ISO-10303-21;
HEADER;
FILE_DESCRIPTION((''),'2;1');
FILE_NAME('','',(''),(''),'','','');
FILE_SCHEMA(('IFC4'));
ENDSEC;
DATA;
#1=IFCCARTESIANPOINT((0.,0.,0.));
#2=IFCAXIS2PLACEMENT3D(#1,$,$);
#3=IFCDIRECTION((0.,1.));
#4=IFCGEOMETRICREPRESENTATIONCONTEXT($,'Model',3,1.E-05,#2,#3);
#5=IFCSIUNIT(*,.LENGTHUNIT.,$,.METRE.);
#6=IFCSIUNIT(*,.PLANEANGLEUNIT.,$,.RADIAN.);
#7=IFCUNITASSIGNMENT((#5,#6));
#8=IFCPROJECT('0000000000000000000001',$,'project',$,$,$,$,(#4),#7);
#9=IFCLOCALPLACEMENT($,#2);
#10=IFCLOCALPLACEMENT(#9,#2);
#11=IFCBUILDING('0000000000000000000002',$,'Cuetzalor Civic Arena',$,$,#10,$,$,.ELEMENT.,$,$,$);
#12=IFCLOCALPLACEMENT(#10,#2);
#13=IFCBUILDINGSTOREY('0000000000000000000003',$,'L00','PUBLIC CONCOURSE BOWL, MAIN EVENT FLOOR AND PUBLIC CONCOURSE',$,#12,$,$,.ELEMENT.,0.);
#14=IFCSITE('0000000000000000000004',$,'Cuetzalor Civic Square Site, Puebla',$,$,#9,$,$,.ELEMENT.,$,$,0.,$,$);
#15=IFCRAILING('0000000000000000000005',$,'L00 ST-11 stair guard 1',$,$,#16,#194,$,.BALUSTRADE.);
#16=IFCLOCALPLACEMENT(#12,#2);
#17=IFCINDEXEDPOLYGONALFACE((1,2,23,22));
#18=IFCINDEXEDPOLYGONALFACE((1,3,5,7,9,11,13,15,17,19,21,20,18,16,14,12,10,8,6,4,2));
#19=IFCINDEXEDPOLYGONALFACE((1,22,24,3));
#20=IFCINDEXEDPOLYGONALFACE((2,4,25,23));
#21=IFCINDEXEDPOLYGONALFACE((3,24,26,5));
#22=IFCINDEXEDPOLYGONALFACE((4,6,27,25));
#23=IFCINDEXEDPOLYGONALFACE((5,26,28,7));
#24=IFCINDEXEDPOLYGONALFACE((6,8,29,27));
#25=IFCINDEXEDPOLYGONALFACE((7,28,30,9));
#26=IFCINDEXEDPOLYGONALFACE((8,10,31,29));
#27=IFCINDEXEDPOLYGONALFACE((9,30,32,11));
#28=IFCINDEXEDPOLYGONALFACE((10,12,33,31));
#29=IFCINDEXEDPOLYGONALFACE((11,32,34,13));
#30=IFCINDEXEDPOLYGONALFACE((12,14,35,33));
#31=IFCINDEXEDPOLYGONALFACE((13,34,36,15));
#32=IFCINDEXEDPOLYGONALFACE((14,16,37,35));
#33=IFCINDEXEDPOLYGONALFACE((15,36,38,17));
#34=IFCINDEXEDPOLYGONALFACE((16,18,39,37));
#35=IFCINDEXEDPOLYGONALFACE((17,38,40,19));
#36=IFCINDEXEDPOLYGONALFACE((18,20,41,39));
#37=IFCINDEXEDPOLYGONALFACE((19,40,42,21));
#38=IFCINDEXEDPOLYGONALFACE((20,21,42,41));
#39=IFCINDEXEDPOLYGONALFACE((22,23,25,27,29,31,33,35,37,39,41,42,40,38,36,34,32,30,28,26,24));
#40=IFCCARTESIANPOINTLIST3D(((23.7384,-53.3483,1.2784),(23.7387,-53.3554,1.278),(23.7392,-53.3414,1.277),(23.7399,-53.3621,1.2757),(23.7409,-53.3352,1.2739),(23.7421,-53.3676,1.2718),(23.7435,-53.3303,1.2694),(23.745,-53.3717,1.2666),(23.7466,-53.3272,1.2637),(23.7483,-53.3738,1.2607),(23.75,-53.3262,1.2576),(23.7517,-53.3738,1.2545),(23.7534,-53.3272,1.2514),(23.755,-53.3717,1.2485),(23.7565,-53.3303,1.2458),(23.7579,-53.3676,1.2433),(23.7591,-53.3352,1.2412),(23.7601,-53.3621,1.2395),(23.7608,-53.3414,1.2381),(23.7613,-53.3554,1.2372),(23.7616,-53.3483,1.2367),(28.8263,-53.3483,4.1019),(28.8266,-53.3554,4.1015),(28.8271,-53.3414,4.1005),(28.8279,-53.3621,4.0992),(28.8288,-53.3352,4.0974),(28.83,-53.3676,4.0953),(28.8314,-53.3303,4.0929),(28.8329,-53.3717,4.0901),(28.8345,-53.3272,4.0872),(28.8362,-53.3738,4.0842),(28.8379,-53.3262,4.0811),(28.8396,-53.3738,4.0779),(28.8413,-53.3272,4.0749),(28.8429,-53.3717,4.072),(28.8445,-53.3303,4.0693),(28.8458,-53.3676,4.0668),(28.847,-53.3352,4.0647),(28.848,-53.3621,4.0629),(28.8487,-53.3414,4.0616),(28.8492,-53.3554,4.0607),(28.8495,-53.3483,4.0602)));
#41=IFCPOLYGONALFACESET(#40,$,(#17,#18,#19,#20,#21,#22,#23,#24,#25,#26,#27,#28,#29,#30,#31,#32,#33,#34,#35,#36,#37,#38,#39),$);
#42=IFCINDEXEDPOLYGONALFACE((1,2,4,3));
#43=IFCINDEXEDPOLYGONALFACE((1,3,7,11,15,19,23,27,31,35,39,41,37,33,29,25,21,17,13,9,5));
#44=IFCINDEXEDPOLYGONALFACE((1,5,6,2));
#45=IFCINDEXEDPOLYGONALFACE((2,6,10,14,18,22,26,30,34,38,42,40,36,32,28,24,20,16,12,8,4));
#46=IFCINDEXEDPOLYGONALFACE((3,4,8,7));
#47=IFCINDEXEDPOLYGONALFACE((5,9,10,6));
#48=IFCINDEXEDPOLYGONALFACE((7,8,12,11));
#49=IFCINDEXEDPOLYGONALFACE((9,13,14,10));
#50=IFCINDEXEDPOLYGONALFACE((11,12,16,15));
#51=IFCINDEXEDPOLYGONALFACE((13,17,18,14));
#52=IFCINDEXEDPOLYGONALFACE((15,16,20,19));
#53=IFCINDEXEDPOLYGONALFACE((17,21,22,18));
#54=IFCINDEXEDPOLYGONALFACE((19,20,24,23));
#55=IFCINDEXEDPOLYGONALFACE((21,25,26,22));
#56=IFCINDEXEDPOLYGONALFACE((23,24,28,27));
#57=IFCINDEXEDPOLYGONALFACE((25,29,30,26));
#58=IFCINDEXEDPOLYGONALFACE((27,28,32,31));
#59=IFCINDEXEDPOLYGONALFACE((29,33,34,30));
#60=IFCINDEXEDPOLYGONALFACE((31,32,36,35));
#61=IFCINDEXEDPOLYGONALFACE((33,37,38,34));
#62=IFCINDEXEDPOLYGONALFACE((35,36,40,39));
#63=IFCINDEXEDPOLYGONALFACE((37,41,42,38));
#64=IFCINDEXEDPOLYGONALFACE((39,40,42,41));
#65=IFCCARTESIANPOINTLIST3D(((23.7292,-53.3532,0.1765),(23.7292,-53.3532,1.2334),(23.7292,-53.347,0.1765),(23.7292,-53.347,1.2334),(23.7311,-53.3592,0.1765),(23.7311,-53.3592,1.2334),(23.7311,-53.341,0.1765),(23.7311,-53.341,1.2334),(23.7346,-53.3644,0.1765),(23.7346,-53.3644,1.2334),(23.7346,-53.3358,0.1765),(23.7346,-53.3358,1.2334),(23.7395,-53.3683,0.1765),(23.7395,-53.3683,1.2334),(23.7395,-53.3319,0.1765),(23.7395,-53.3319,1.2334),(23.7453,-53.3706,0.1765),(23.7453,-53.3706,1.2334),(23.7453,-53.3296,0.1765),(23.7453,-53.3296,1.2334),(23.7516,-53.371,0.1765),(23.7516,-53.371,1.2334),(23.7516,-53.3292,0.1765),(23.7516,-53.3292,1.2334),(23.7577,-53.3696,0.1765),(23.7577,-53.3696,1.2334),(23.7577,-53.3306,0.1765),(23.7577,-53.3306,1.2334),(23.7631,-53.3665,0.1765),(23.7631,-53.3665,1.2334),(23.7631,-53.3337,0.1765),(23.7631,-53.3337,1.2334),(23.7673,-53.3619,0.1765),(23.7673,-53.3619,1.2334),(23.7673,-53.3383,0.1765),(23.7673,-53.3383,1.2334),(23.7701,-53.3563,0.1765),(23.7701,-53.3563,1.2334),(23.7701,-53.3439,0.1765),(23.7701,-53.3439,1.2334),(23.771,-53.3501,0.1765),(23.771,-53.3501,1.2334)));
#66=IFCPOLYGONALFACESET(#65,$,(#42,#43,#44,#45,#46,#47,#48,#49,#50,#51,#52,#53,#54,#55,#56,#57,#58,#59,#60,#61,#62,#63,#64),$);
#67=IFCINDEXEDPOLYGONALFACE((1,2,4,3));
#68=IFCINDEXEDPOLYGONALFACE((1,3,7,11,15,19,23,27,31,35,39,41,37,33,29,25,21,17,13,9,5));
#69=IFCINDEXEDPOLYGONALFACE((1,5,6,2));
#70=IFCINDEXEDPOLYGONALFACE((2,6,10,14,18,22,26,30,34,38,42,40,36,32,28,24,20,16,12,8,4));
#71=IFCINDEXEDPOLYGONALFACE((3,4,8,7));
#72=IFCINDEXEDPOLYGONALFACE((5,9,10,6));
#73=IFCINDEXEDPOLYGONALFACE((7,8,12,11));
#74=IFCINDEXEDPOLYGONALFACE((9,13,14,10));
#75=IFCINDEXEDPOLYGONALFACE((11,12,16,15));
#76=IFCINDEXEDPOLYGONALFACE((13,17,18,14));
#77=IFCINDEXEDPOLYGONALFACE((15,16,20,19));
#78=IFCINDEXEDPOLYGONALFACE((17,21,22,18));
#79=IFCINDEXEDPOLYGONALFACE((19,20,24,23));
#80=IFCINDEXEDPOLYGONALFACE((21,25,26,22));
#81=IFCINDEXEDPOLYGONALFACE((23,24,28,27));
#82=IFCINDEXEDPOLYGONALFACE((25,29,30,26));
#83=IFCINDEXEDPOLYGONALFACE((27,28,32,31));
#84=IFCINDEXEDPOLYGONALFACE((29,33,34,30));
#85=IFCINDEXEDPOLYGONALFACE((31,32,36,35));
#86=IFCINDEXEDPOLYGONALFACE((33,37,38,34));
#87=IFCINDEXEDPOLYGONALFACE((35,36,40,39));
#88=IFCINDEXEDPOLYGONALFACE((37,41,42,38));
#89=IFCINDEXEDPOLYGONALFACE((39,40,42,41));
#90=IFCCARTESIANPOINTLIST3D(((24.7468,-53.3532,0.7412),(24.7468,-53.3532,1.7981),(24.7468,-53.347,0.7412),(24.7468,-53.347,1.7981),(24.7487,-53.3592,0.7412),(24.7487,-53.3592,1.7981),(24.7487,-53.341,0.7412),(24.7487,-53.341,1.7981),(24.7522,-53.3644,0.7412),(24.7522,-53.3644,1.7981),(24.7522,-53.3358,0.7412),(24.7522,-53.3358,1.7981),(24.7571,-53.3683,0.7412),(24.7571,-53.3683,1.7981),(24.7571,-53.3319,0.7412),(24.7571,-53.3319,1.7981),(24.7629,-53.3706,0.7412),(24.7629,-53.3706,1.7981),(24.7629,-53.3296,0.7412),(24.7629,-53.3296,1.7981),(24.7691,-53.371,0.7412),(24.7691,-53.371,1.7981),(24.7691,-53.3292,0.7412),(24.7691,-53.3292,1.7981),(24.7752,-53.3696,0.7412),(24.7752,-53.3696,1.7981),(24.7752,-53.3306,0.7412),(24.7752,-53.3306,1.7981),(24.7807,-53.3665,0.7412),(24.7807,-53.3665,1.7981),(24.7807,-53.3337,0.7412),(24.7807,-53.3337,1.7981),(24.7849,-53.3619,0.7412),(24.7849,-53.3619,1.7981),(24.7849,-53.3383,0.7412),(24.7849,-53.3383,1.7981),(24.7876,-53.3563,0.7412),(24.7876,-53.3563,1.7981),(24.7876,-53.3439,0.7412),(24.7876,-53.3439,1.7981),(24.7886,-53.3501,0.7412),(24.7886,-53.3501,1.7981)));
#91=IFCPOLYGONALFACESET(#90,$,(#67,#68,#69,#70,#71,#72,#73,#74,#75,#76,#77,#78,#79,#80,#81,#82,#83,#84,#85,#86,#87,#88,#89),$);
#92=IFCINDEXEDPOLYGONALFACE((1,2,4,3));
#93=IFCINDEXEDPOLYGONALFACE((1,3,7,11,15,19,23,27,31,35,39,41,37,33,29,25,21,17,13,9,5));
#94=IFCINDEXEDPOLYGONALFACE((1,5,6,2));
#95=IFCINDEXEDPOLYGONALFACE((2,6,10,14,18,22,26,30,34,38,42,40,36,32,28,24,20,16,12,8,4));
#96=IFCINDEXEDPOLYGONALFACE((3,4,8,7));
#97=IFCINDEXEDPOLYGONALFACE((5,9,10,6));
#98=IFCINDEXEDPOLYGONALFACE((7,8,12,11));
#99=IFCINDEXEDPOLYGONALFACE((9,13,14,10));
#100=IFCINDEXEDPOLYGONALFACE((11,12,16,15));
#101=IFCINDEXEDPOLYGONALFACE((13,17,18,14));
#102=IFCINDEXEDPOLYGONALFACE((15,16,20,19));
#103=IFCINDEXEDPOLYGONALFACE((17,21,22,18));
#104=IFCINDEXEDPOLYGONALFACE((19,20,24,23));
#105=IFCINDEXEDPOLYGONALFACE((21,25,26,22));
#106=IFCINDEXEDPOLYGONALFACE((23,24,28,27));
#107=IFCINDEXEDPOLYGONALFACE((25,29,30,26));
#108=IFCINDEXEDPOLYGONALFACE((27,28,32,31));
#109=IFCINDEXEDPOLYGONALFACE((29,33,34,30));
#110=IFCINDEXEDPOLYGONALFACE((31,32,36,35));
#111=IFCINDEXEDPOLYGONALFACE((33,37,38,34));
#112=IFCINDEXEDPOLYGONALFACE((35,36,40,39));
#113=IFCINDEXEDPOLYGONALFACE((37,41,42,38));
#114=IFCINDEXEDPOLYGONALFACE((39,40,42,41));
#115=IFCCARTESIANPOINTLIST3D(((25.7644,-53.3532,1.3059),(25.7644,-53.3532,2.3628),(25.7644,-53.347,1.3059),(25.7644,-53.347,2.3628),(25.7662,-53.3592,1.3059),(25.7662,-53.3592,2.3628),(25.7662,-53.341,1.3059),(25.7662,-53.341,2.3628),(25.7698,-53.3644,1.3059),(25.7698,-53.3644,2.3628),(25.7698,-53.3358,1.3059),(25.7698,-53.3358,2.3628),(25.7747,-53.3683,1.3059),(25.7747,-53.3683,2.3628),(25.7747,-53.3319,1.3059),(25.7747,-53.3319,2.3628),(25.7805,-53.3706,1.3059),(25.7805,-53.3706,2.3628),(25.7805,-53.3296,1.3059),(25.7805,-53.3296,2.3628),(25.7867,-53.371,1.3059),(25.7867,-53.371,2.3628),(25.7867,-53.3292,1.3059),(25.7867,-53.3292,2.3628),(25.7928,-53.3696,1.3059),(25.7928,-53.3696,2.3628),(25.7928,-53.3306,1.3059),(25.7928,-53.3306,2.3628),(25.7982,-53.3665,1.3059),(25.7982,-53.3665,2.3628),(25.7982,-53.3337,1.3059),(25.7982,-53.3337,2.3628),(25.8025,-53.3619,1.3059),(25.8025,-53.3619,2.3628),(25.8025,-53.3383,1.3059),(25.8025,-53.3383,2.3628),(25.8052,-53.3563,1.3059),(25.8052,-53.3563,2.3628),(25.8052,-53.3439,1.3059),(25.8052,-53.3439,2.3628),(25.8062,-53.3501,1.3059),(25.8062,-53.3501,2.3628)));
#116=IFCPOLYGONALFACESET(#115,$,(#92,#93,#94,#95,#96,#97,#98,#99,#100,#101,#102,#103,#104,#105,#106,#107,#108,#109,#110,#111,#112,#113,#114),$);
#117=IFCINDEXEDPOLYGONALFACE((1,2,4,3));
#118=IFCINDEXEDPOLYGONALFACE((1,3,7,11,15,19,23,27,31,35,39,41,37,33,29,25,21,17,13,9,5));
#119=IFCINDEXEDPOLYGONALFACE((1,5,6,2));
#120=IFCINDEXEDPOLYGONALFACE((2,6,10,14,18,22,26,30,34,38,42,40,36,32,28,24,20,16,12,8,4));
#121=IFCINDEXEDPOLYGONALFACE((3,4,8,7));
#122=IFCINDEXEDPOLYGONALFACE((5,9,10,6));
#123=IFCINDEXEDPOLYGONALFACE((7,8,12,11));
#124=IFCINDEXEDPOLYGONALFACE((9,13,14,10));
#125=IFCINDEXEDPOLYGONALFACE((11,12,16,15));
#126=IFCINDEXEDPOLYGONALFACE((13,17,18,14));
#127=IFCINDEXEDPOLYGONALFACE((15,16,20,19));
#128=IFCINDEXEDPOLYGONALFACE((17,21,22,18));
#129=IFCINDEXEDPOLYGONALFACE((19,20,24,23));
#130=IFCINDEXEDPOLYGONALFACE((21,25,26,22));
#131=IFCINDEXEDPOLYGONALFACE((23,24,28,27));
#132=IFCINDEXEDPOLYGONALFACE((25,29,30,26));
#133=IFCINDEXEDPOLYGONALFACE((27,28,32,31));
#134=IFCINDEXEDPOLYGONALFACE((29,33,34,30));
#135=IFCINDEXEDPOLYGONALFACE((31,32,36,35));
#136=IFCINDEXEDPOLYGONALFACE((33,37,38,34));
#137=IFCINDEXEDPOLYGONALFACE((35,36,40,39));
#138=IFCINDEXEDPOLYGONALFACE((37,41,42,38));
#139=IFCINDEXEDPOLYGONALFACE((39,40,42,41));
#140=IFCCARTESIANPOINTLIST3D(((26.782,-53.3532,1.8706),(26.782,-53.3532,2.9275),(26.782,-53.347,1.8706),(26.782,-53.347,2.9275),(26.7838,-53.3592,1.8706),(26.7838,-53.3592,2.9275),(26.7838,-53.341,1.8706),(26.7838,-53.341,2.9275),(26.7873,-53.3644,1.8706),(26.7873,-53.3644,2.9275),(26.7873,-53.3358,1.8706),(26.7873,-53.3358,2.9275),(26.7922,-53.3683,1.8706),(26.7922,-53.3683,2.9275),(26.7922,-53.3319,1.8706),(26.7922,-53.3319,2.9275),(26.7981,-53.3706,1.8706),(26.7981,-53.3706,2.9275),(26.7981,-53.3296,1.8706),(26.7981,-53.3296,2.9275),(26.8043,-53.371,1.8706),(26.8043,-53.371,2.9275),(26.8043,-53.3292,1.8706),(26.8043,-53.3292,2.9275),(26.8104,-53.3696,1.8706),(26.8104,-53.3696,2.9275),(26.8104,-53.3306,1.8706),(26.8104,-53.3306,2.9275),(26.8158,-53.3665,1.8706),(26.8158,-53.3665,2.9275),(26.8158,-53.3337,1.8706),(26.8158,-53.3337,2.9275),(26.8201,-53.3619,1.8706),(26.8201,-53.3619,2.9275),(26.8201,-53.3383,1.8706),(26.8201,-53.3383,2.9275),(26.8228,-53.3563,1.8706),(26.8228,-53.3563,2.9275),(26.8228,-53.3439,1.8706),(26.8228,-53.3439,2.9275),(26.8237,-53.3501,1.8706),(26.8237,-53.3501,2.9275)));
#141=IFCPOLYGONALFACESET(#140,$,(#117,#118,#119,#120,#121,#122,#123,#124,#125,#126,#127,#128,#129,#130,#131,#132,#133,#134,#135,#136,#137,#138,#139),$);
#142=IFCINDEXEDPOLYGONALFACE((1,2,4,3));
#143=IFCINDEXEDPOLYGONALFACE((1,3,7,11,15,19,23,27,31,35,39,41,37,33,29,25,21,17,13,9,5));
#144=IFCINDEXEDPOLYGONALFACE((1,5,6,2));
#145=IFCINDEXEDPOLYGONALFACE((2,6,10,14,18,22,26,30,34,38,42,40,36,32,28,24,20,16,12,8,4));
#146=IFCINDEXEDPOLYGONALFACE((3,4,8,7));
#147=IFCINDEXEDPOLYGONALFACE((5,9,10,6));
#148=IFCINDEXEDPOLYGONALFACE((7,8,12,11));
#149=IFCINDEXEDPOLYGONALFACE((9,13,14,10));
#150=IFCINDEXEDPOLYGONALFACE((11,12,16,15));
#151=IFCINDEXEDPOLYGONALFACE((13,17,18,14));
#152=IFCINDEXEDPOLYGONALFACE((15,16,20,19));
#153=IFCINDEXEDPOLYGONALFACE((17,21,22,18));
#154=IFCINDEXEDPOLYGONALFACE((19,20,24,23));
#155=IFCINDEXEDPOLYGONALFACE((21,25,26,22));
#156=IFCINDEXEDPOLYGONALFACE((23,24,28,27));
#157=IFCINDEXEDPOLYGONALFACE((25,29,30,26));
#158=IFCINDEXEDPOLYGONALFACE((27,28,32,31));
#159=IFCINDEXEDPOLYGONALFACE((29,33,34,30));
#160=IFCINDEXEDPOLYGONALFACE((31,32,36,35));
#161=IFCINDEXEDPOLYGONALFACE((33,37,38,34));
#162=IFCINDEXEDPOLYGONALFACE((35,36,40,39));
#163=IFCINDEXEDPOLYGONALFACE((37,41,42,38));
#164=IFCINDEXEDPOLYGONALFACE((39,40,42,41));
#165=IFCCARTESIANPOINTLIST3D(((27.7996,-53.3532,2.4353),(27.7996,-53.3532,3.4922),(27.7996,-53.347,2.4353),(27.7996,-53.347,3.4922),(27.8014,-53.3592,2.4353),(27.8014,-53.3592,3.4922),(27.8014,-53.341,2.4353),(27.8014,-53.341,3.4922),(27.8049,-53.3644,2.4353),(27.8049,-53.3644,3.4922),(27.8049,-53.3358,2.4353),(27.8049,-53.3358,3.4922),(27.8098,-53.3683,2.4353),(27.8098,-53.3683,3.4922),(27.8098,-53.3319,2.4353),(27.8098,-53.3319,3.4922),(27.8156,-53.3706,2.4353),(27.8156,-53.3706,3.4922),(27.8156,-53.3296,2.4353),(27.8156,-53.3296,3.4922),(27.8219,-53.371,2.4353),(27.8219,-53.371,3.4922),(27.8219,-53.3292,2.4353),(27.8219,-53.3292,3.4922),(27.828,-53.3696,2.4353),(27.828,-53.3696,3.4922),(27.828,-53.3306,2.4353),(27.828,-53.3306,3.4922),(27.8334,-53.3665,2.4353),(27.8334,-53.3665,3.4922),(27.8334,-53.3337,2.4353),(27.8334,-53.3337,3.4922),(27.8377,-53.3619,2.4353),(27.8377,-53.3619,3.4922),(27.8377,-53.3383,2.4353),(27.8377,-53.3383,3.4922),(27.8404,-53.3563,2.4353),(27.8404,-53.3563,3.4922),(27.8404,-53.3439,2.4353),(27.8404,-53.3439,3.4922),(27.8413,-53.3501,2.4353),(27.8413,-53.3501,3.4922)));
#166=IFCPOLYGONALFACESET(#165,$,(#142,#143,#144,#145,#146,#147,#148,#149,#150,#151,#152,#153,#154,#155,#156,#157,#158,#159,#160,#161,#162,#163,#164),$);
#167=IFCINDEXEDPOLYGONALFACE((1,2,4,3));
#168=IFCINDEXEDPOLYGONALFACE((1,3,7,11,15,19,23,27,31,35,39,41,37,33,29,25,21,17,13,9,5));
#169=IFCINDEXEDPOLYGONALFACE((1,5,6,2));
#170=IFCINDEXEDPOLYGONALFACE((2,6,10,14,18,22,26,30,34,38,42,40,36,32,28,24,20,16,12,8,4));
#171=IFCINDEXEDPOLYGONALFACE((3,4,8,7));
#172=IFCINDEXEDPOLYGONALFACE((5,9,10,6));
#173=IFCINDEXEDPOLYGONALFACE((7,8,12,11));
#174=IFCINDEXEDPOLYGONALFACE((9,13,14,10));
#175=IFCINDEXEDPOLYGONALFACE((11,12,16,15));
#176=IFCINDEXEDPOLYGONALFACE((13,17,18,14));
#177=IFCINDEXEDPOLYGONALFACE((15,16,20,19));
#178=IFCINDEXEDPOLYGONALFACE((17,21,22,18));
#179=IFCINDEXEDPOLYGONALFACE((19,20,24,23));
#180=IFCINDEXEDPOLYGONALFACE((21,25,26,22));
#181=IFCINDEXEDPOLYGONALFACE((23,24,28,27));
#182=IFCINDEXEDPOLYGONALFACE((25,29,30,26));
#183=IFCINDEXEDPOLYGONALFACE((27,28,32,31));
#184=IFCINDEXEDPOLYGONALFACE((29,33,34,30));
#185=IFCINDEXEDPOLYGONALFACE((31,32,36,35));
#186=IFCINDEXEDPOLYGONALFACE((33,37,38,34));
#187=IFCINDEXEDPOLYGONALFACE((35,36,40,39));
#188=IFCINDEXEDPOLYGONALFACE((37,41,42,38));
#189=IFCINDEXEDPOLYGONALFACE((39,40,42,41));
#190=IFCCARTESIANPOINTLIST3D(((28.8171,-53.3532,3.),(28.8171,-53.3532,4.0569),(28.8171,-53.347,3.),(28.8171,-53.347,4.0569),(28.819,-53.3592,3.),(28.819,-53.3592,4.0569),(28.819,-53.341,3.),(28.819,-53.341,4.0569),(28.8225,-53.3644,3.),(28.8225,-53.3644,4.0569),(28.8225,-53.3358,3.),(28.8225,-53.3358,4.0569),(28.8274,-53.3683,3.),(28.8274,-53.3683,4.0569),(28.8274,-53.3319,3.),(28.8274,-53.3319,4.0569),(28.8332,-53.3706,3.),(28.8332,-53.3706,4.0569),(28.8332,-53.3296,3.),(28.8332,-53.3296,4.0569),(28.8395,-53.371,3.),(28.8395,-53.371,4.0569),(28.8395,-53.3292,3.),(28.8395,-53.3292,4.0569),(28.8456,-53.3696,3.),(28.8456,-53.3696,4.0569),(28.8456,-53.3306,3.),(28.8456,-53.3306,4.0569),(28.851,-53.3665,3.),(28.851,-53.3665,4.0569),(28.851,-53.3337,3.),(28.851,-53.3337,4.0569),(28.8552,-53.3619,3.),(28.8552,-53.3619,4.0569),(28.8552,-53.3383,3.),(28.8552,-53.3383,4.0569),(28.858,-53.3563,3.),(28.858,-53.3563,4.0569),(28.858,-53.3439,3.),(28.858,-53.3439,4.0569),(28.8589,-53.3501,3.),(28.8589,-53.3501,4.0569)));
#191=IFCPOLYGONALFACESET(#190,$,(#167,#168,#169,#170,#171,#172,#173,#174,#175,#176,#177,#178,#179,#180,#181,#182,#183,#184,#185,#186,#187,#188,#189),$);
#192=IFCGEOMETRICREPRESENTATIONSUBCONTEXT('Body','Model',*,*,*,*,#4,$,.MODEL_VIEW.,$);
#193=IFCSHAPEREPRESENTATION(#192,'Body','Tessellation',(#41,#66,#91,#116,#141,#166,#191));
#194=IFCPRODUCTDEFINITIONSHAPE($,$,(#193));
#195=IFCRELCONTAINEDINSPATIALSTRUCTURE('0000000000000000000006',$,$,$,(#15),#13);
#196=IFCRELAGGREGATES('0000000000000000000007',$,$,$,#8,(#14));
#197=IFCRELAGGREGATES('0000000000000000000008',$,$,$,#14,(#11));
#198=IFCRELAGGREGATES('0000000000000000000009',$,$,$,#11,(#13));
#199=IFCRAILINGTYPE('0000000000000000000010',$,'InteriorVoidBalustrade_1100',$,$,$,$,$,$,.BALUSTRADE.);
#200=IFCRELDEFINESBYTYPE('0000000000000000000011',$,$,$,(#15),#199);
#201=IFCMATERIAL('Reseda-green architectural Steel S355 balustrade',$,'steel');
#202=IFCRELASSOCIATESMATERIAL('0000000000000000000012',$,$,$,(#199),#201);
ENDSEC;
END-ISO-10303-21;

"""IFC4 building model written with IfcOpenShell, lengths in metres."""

from ifc_helpers import new_model, si_unit, direction, frame, origin, origin_2d, place, context, subcontext, project, spatial, circle, extrude, material, type_object, element, save


model = new_model("IFC4")

# Units and contexts
model_context = context("Model", 3, precision=1e-05, world=origin(), true_north=direction((0.0, 1.0)))
body_context = subcontext(model_context, "Body", "Model", "MODEL_VIEW")
ifc_project = project(units=[si_unit("LENGTHUNIT", "METRE"), si_unit("PLANEANGLEUNIT", "RADIAN")], contexts=[model_context])

# Site, building, storey
site_placement = place(None, origin())
site = spatial("IfcSite", under=ifc_project, at=site_placement, Name="Cuetzalor Civic Square Site, Puebla", CompositionType="ELEMENT", RefElevation=0.0)
building_placement = place(site_placement, origin())
building = spatial("IfcBuilding", under=site, at=building_placement, Name="Cuetzalor Civic Arena", CompositionType="ELEMENT")
storey_placement = place(building_placement, origin())
storey = spatial("IfcBuildingStorey", under=building, at=storey_placement, Name="L00", Description="PUBLIC CONCOURSE BOWL, MAIN EVENT FLOOR AND PUBLIC CONCOURSE", CompositionType="ELEMENT", Elevation=0.0)

# Railing
ifc_material_1 = material(Name="Reseda-green architectural Steel S355 balustrade", Category="steel")
railing_type_1 = type_object("IfcRailingType", Name="InteriorVoidBalustrade_1100", PredefinedType="BALUSTRADE", material=ifc_material_1)
railing_1_placement = place(storey_placement, frame((23.75, -53.3501, 0.1765)))
element("IfcRailing", 1, at=railing_1_placement, inside=storey, type_object=railing_type_1, Name="L00 ST-11 stair guard 1", PredefinedType="BALUSTRADE", context=body_context, shape_type="SweptSolid", body=[
    extrude(circle(Radius=0.0239, at=origin_2d()), frame((0.0, 0.0, 1.0811), z_axis=(0.874385, 0.0, 0.485233), x_axis=(0.0, 1.0, 0.0)), (0.0, 0.0, 1.0), 5.8188),
    extrude(circle(Radius=0.021, at=origin_2d()), origin(), (0.0, 0.0, 1.0), 1.0569),
    extrude(circle(Radius=0.021, at=origin_2d()), frame((1.0176, 0.0, 0.5647)), (0.0, 0.0, 1.0), 1.0569),
    extrude(circle(Radius=0.021, at=origin_2d()), frame((2.0352, 0.0, 1.1294)), (0.0, 0.0, 1.0), 1.0569),
    extrude(circle(Radius=0.021, at=origin_2d()), frame((3.0527, 0.0, 1.6941)), (0.0, 0.0, 1.0), 1.0569),
    extrude(circle(Radius=0.021, at=origin_2d()), frame((4.0703, 0.0, 2.2588)), (0.0, 0.0, 1.0), 1.0569),
    extrude(circle(Radius=0.021, at=origin_2d()), frame((5.0879, 0.0, 2.8235)), (0.0, 0.0, 1.0), 1.0569),
])

save(model, "model.ifc")
